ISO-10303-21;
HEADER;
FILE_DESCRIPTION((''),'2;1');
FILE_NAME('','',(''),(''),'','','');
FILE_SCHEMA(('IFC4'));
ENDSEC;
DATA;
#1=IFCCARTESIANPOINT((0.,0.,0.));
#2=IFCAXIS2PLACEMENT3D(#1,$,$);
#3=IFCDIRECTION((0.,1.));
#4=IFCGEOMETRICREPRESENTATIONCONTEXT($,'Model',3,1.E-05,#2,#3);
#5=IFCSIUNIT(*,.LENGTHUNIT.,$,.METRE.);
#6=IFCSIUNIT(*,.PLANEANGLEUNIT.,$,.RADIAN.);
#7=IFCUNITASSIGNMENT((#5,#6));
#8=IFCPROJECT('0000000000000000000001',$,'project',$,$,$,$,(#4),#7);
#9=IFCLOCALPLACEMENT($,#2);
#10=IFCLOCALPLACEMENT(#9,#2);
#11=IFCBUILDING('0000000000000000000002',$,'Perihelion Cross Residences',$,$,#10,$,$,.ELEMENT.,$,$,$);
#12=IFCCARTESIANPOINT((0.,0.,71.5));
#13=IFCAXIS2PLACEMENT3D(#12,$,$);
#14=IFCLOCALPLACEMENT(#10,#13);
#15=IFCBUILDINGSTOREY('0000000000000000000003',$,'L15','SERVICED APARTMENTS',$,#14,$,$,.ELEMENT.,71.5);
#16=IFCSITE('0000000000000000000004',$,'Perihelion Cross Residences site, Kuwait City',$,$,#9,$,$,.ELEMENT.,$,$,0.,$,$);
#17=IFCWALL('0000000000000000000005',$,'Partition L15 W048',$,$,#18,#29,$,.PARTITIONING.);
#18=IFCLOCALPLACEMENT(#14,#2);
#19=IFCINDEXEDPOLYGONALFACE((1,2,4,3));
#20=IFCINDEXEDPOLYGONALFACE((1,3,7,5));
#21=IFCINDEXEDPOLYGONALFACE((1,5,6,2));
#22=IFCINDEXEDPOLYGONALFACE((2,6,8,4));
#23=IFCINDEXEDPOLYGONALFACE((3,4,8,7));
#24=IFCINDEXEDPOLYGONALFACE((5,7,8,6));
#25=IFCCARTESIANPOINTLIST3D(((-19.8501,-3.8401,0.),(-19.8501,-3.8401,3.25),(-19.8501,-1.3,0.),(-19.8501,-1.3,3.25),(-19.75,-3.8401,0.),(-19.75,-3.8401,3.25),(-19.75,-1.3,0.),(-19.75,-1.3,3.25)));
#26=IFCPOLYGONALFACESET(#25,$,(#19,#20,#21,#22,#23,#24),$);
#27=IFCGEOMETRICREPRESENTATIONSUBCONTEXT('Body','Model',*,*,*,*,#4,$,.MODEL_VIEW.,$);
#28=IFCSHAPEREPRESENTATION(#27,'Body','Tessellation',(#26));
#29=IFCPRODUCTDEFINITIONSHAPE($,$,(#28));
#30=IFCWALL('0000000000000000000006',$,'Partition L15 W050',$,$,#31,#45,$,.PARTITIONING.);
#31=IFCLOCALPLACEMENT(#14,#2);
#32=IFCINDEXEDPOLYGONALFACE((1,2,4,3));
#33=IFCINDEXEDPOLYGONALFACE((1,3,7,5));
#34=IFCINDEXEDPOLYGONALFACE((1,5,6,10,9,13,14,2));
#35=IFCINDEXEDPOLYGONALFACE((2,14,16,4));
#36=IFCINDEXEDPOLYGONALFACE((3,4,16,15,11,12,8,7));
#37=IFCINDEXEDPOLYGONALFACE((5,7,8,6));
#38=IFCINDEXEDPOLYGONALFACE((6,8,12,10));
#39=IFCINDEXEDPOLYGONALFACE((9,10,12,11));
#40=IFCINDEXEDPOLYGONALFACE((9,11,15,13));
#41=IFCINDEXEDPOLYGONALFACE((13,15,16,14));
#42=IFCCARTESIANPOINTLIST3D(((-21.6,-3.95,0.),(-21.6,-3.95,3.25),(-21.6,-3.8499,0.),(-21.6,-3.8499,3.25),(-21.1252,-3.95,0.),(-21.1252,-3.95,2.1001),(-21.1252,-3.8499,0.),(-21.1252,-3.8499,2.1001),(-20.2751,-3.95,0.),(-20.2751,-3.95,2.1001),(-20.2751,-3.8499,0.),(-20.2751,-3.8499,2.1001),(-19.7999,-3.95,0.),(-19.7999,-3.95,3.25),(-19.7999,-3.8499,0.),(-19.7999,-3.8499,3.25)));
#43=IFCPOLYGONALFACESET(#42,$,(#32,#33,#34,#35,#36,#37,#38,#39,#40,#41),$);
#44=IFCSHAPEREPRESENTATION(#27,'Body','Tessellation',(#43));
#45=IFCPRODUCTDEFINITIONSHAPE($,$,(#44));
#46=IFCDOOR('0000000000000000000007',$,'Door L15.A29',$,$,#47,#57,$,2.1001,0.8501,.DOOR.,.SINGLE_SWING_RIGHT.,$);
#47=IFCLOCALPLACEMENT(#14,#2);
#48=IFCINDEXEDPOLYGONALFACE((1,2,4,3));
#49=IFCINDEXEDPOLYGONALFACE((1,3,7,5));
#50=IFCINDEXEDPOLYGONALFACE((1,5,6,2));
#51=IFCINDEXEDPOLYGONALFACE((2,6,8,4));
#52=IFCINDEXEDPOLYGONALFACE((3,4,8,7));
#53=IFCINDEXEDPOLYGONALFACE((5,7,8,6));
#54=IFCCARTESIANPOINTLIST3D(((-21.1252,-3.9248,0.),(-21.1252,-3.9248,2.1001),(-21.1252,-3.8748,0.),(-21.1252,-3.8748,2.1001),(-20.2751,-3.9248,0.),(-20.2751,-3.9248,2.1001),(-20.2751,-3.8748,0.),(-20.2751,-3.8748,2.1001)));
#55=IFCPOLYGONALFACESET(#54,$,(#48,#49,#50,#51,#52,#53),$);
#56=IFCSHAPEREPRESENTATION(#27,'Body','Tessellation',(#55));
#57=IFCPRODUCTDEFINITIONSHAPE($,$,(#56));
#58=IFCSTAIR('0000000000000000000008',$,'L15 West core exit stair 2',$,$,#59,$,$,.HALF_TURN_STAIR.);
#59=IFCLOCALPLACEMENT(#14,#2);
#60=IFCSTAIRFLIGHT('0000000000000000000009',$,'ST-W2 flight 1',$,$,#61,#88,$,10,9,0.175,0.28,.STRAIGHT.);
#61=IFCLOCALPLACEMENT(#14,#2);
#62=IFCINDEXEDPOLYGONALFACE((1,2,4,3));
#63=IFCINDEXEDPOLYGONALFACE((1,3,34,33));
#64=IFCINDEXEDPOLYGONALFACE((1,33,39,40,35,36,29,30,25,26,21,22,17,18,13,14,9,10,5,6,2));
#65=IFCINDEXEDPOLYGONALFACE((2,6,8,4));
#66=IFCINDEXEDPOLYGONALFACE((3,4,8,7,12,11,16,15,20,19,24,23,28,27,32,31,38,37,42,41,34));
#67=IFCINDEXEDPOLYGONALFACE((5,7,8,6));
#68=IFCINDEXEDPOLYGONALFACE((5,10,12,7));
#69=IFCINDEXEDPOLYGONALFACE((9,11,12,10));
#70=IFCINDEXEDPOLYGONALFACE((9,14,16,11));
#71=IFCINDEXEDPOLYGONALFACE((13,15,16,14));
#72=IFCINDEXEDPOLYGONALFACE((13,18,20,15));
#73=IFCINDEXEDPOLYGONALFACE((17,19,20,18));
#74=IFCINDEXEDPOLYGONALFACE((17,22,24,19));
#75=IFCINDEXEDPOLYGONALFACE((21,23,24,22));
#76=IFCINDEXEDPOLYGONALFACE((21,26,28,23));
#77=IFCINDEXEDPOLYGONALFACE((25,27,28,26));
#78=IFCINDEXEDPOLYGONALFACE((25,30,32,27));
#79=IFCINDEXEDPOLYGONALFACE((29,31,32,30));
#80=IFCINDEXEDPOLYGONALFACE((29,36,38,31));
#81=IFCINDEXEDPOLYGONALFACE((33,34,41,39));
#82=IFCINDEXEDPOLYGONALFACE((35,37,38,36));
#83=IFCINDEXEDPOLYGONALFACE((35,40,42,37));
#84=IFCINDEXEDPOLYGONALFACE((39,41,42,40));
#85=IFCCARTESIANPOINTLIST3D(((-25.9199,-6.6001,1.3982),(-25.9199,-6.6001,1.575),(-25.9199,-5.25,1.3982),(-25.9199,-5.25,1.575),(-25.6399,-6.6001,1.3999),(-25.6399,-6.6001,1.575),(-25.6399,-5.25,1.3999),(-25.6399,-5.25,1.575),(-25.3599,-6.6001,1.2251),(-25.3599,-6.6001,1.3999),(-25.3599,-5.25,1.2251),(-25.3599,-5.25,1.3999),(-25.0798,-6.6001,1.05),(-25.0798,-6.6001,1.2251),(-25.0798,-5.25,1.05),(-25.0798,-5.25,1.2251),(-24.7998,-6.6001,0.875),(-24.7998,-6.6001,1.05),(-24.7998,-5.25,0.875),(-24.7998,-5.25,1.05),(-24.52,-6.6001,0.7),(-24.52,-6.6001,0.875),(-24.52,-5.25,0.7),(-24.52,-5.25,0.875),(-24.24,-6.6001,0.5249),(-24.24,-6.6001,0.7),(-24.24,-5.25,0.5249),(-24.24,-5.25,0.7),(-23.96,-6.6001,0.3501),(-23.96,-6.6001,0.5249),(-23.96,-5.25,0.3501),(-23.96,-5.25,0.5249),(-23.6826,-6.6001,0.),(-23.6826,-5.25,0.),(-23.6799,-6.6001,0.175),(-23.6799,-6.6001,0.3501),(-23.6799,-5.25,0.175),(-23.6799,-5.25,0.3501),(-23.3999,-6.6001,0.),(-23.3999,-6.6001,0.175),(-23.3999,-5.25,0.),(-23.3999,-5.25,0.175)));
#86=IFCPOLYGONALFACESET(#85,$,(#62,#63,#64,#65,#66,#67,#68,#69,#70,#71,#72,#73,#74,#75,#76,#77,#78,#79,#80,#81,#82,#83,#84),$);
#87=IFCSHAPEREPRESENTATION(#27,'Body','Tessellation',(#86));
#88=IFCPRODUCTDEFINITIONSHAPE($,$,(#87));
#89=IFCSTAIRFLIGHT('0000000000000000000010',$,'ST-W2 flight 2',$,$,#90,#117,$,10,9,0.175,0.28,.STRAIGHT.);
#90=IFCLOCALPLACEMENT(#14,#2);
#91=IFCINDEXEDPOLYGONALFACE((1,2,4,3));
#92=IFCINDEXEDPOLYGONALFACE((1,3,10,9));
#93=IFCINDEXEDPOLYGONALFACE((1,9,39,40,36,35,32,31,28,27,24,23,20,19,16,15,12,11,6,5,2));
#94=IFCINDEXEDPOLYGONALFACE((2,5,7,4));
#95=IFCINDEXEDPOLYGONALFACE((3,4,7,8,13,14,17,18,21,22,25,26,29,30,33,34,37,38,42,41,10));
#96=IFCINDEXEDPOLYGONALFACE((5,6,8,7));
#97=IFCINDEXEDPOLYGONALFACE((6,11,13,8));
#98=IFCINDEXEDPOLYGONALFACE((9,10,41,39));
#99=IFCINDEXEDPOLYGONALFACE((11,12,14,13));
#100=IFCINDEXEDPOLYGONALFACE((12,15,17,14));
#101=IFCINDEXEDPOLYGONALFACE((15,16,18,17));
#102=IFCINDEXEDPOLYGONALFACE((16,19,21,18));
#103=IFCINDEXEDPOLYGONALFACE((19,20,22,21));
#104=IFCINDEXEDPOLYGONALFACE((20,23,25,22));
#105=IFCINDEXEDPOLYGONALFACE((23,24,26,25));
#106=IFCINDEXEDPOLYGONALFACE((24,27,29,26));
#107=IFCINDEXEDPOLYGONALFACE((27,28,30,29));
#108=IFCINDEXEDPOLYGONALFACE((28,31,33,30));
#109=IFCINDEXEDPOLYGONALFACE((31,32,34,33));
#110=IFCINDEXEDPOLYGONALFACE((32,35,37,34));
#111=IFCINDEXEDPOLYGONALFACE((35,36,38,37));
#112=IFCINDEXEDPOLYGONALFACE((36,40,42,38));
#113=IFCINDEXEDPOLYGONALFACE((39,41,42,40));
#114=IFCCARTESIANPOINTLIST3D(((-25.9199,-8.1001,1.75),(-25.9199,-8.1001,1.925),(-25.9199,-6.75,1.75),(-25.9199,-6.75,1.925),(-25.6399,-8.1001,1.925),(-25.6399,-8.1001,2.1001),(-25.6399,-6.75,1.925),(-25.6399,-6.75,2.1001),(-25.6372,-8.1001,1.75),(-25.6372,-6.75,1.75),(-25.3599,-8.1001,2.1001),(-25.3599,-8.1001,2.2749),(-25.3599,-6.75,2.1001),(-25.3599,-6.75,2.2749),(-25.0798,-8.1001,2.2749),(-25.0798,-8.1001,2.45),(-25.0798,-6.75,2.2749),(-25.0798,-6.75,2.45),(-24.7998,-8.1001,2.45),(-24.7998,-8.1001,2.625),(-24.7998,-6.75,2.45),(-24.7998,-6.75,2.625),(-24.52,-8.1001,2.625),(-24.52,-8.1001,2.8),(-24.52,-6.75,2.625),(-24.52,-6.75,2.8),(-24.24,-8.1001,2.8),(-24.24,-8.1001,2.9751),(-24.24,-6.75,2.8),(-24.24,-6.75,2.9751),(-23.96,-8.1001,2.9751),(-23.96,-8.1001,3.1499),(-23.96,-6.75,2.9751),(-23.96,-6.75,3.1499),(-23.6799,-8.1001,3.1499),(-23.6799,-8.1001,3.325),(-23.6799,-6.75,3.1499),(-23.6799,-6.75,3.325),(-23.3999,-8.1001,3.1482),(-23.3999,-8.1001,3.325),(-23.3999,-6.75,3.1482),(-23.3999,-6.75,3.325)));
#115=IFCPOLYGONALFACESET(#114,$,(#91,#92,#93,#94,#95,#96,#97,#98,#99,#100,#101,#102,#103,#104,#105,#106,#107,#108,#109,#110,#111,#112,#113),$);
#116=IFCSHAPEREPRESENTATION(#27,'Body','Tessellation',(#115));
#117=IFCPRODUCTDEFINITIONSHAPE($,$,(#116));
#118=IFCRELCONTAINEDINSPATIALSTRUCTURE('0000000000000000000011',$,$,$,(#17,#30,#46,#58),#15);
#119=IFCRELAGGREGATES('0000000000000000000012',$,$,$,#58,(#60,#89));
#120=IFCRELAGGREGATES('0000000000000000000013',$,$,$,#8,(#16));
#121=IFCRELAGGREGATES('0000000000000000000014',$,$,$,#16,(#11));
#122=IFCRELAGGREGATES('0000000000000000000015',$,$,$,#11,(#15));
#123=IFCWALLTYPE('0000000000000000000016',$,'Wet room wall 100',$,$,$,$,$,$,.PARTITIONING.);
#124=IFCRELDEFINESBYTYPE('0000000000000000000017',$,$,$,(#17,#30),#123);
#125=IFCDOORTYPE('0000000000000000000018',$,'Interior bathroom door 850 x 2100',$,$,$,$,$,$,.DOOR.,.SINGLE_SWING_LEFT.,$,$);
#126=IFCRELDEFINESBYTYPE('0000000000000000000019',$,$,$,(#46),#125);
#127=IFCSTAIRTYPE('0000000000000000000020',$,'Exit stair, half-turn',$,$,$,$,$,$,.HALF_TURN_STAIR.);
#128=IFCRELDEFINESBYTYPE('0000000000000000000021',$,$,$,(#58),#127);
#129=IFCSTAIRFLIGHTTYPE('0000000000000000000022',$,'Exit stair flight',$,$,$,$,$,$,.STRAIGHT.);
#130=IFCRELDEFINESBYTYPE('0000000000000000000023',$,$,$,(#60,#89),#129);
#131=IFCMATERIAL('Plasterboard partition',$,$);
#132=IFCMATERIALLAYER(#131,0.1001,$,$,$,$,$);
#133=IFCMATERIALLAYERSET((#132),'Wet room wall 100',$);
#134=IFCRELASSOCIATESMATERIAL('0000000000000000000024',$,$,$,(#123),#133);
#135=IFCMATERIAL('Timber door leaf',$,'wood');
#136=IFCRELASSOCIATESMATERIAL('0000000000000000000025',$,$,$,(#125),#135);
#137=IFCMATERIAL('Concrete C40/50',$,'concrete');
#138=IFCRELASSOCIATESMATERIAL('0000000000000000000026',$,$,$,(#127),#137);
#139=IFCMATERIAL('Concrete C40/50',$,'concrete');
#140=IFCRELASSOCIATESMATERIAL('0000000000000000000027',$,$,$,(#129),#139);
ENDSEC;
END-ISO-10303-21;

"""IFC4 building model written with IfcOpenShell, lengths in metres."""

from ifc_helpers import new_model, si_unit, direction, frame, frame_2d, origin, place, context, subcontext, project, spatial, polyline, rectangle, outline, extrude, material, layer, layer_set, type_object, element, fill, aggregate, save


model = new_model("IFC4")

# Units and contexts
model_context = context("Model", 3, precision=1e-05, world=origin(), true_north=direction((0.0, 1.0)))
body_context = subcontext(model_context, "Body", "Model", "MODEL_VIEW")
ifc_project = project(units=[si_unit("LENGTHUNIT", "METRE"), si_unit("PLANEANGLEUNIT", "RADIAN")], contexts=[model_context])

# Site, building, storey
site_placement = place(None, origin())
site = spatial("IfcSite", under=ifc_project, at=site_placement, Name="Perihelion Cross Residences site, Kuwait City", CompositionType="ELEMENT", RefElevation=0.0)
building_placement = place(site_placement, origin())
building = spatial("IfcBuilding", under=site, at=building_placement, Name="Perihelion Cross Residences", CompositionType="ELEMENT")
storey_placement = place(building_placement, frame((0.0, 0.0, 71.5)))
storey = spatial("IfcBuildingStorey", under=building, at=storey_placement, Name="L15", Description="SERVICED APARTMENTS", CompositionType="ELEMENT", Elevation=71.5)

# Wall
ifc_material_1 = material(Name="Plasterboard partition")
ifc_layer_1 = layer(ifc_material_1, 0.1001)
ifc_layer_set_1 = layer_set([ifc_layer_1], Name="Wet room wall 100")
wall_type_1 = type_object("IfcWallType", Name="Wet room wall 100", PredefinedType="PARTITIONING", material=ifc_layer_set_1)
wall_1_placement = place(storey_placement, frame((-19.8, -3.8401, 0.0), z_axis=(0.0, 0.0, 1.0), x_axis=(0.0, 1.0, 0.0)))
element("IfcWall", 1, at=wall_1_placement, inside=storey, type_object=wall_type_1, Name="Partition L15 W048", PredefinedType="PARTITIONING", context=body_context, shape_type="SweptSolid", body=[
    extrude(rectangle(XDim=2.54, YDim=0.1001, at=frame_2d((1.27, 0.0))), origin(), (0.0, 0.0, 1.0), 3.25),
])

# Wall, opening, door
wall_2_placement = place(storey_placement, frame((-19.8, -3.8999, 0.0), z_axis=(0.0, 0.0, 1.0), x_axis=(-1.0, 0.0, 0.0)))
wall_2 = element("IfcWall", 2, at=wall_2_placement, inside=storey, type_object=wall_type_1, Name="Partition L15 W050", PredefinedType="PARTITIONING", context=body_context, shape_type="SweptSolid", body=[
    extrude(rectangle(XDim=1.8, YDim=0.1001, at=frame_2d((0.8999, 0.0))), origin(), (0.0, 0.0, 1.0), 3.25),
])
opening_1_placement = place(wall_2_placement, frame((0.4751, 0.0, 0.0)))
opening_1 = element("IfcOpeningElement", 3, at=opening_1_placement, cuts=wall_2, PredefinedType="OPENING", context=body_context, shape_type="SweptSolid", body=[
    extrude(rectangle(XDim=0.8501, YDim=2.1001, at=frame_2d((0.425, 1.05))), frame((0.0, 0.0601, 0.0), z_axis=(0.0, -1.0, 0.0), x_axis=(1.0, 0.0, 0.0)), (0.0, 0.0, 1.0), 0.1201),
])
ifc_material_2 = material(Name="Timber door leaf", Category="wood")
door_type_1 = type_object("IfcDoorType", Name="Interior bathroom door 850 x 2100", OperationType="SINGLE_SWING_LEFT", PredefinedType="DOOR", material=ifc_material_2)
door_1_placement = place(opening_1_placement, origin())
door_1 = element("IfcDoor", 4, at=door_1_placement, inside=storey, type_object=door_type_1, Name="Door L15.A29", OperationType="SINGLE_SWING_RIGHT", OverallHeight=2.1001, OverallWidth=0.8501, PredefinedType="DOOR", context=body_context, shape_type="SweptSolid", body=[
    extrude(rectangle(XDim=0.8501, YDim=2.1001, at=frame_2d((0.425, 1.05))), frame((0.0, 0.0249, 0.0), z_axis=(0.0, -1.0, 0.0), x_axis=(1.0, 0.0, 0.0)), (0.0, 0.0, 1.0), 0.05),
])
fill(opening_1, door_1)

# Stair, stair flights
ifc_material_3 = material(Name="Concrete C40/50", Category="concrete")
stair_type = type_object("IfcStairType", Name="Exit stair, half-turn", PredefinedType="HALF_TURN_STAIR", material=ifc_material_3)
stair_placement = place(storey_placement, origin())
stair = element("IfcStair", 5, at=stair_placement, inside=storey, type_object=stair_type, Name="L15 West core exit stair 2", PredefinedType="HALF_TURN_STAIR")
ifc_material_4 = material(Name="Concrete C40/50", Category="concrete")
stair_flight_type = type_object("IfcStairFlightType", Name="Exit stair flight", PredefinedType="STRAIGHT", material=ifc_material_4)
stair_flight_1_placement = place(storey_placement, frame((-23.3999, -5.925, 0.0), z_axis=(0.0, 0.0, 1.0), x_axis=(-1.0, 0.0, 0.0)))
stair_flight_1 = element("IfcStairFlight", 6, at=stair_flight_1_placement, type_object=stair_flight_type, Name="ST-W2 flight 1", NumberOfRisers=10, NumberOfTreads=9, PredefinedType="STRAIGHT", RiserHeight=0.175, TreadLength=0.28, context=body_context, shape_type="SweptSolid", body=[
    extrude(outline(polyline([(0.0, 0.0), (0.0, 0.175), (0.28, 0.175), (0.28, 0.3501), (0.5601, 0.3501), (0.5601, 0.5249), (0.8401, 0.5249), (0.8401, 0.7), (1.1201, 0.7), (1.1201, 0.875), (1.3999, 0.875), (1.3999, 1.05), (1.6799, 1.05), (1.6799, 1.2251), (1.96, 1.2251), (1.96, 1.3999), (2.24, 1.3999), (2.24, 1.575), (2.52, 1.575), (2.52, 1.75), (2.52, 1.3982), (0.2827, 0.0), (0.0, 0.0)])), frame((0.0, 0.675, 0.0), z_axis=(0.0, -1.0, 0.0), x_axis=(1.0, 0.0, 0.0)), (0.0, 0.0, 1.0), 1.3501),
])
stair_flight_2_placement = place(storey_placement, frame((-25.9199, -7.425, 1.75), z_axis=(0.0, 0.0, 1.0), x_axis=(1.0, 0.0, 0.0)))
stair_flight_2 = element("IfcStairFlight", 7, at=stair_flight_2_placement, type_object=stair_flight_type, Name="ST-W2 flight 2", NumberOfRisers=10, NumberOfTreads=9, PredefinedType="STRAIGHT", RiserHeight=0.175, TreadLength=0.28, context=body_context, shape_type="SweptSolid", body=[
    extrude(outline(polyline([(0.0, 0.0), (0.0, 0.175), (0.28, 0.175), (0.28, 0.3501), (0.5601, 0.3501), (0.5601, 0.5249), (0.8401, 0.5249), (0.8401, 0.7), (1.1201, 0.7), (1.1201, 0.875), (1.3999, 0.875), (1.3999, 1.05), (1.6799, 1.05), (1.6799, 1.2251), (1.96, 1.2251), (1.96, 1.3999), (2.24, 1.3999), (2.24, 1.575), (2.52, 1.575), (2.52, 1.75), (2.52, 1.3982), (0.2827, 0.0), (0.0, 0.0)])), frame((0.0, 0.675, 0.0), z_axis=(0.0, -1.0, 0.0), x_axis=(1.0, 0.0, 0.0)), (0.0, 0.0, 1.0), 1.3501),
])
aggregate(stair, [stair_flight_1, stair_flight_2])

save(model, "model.ifc")
